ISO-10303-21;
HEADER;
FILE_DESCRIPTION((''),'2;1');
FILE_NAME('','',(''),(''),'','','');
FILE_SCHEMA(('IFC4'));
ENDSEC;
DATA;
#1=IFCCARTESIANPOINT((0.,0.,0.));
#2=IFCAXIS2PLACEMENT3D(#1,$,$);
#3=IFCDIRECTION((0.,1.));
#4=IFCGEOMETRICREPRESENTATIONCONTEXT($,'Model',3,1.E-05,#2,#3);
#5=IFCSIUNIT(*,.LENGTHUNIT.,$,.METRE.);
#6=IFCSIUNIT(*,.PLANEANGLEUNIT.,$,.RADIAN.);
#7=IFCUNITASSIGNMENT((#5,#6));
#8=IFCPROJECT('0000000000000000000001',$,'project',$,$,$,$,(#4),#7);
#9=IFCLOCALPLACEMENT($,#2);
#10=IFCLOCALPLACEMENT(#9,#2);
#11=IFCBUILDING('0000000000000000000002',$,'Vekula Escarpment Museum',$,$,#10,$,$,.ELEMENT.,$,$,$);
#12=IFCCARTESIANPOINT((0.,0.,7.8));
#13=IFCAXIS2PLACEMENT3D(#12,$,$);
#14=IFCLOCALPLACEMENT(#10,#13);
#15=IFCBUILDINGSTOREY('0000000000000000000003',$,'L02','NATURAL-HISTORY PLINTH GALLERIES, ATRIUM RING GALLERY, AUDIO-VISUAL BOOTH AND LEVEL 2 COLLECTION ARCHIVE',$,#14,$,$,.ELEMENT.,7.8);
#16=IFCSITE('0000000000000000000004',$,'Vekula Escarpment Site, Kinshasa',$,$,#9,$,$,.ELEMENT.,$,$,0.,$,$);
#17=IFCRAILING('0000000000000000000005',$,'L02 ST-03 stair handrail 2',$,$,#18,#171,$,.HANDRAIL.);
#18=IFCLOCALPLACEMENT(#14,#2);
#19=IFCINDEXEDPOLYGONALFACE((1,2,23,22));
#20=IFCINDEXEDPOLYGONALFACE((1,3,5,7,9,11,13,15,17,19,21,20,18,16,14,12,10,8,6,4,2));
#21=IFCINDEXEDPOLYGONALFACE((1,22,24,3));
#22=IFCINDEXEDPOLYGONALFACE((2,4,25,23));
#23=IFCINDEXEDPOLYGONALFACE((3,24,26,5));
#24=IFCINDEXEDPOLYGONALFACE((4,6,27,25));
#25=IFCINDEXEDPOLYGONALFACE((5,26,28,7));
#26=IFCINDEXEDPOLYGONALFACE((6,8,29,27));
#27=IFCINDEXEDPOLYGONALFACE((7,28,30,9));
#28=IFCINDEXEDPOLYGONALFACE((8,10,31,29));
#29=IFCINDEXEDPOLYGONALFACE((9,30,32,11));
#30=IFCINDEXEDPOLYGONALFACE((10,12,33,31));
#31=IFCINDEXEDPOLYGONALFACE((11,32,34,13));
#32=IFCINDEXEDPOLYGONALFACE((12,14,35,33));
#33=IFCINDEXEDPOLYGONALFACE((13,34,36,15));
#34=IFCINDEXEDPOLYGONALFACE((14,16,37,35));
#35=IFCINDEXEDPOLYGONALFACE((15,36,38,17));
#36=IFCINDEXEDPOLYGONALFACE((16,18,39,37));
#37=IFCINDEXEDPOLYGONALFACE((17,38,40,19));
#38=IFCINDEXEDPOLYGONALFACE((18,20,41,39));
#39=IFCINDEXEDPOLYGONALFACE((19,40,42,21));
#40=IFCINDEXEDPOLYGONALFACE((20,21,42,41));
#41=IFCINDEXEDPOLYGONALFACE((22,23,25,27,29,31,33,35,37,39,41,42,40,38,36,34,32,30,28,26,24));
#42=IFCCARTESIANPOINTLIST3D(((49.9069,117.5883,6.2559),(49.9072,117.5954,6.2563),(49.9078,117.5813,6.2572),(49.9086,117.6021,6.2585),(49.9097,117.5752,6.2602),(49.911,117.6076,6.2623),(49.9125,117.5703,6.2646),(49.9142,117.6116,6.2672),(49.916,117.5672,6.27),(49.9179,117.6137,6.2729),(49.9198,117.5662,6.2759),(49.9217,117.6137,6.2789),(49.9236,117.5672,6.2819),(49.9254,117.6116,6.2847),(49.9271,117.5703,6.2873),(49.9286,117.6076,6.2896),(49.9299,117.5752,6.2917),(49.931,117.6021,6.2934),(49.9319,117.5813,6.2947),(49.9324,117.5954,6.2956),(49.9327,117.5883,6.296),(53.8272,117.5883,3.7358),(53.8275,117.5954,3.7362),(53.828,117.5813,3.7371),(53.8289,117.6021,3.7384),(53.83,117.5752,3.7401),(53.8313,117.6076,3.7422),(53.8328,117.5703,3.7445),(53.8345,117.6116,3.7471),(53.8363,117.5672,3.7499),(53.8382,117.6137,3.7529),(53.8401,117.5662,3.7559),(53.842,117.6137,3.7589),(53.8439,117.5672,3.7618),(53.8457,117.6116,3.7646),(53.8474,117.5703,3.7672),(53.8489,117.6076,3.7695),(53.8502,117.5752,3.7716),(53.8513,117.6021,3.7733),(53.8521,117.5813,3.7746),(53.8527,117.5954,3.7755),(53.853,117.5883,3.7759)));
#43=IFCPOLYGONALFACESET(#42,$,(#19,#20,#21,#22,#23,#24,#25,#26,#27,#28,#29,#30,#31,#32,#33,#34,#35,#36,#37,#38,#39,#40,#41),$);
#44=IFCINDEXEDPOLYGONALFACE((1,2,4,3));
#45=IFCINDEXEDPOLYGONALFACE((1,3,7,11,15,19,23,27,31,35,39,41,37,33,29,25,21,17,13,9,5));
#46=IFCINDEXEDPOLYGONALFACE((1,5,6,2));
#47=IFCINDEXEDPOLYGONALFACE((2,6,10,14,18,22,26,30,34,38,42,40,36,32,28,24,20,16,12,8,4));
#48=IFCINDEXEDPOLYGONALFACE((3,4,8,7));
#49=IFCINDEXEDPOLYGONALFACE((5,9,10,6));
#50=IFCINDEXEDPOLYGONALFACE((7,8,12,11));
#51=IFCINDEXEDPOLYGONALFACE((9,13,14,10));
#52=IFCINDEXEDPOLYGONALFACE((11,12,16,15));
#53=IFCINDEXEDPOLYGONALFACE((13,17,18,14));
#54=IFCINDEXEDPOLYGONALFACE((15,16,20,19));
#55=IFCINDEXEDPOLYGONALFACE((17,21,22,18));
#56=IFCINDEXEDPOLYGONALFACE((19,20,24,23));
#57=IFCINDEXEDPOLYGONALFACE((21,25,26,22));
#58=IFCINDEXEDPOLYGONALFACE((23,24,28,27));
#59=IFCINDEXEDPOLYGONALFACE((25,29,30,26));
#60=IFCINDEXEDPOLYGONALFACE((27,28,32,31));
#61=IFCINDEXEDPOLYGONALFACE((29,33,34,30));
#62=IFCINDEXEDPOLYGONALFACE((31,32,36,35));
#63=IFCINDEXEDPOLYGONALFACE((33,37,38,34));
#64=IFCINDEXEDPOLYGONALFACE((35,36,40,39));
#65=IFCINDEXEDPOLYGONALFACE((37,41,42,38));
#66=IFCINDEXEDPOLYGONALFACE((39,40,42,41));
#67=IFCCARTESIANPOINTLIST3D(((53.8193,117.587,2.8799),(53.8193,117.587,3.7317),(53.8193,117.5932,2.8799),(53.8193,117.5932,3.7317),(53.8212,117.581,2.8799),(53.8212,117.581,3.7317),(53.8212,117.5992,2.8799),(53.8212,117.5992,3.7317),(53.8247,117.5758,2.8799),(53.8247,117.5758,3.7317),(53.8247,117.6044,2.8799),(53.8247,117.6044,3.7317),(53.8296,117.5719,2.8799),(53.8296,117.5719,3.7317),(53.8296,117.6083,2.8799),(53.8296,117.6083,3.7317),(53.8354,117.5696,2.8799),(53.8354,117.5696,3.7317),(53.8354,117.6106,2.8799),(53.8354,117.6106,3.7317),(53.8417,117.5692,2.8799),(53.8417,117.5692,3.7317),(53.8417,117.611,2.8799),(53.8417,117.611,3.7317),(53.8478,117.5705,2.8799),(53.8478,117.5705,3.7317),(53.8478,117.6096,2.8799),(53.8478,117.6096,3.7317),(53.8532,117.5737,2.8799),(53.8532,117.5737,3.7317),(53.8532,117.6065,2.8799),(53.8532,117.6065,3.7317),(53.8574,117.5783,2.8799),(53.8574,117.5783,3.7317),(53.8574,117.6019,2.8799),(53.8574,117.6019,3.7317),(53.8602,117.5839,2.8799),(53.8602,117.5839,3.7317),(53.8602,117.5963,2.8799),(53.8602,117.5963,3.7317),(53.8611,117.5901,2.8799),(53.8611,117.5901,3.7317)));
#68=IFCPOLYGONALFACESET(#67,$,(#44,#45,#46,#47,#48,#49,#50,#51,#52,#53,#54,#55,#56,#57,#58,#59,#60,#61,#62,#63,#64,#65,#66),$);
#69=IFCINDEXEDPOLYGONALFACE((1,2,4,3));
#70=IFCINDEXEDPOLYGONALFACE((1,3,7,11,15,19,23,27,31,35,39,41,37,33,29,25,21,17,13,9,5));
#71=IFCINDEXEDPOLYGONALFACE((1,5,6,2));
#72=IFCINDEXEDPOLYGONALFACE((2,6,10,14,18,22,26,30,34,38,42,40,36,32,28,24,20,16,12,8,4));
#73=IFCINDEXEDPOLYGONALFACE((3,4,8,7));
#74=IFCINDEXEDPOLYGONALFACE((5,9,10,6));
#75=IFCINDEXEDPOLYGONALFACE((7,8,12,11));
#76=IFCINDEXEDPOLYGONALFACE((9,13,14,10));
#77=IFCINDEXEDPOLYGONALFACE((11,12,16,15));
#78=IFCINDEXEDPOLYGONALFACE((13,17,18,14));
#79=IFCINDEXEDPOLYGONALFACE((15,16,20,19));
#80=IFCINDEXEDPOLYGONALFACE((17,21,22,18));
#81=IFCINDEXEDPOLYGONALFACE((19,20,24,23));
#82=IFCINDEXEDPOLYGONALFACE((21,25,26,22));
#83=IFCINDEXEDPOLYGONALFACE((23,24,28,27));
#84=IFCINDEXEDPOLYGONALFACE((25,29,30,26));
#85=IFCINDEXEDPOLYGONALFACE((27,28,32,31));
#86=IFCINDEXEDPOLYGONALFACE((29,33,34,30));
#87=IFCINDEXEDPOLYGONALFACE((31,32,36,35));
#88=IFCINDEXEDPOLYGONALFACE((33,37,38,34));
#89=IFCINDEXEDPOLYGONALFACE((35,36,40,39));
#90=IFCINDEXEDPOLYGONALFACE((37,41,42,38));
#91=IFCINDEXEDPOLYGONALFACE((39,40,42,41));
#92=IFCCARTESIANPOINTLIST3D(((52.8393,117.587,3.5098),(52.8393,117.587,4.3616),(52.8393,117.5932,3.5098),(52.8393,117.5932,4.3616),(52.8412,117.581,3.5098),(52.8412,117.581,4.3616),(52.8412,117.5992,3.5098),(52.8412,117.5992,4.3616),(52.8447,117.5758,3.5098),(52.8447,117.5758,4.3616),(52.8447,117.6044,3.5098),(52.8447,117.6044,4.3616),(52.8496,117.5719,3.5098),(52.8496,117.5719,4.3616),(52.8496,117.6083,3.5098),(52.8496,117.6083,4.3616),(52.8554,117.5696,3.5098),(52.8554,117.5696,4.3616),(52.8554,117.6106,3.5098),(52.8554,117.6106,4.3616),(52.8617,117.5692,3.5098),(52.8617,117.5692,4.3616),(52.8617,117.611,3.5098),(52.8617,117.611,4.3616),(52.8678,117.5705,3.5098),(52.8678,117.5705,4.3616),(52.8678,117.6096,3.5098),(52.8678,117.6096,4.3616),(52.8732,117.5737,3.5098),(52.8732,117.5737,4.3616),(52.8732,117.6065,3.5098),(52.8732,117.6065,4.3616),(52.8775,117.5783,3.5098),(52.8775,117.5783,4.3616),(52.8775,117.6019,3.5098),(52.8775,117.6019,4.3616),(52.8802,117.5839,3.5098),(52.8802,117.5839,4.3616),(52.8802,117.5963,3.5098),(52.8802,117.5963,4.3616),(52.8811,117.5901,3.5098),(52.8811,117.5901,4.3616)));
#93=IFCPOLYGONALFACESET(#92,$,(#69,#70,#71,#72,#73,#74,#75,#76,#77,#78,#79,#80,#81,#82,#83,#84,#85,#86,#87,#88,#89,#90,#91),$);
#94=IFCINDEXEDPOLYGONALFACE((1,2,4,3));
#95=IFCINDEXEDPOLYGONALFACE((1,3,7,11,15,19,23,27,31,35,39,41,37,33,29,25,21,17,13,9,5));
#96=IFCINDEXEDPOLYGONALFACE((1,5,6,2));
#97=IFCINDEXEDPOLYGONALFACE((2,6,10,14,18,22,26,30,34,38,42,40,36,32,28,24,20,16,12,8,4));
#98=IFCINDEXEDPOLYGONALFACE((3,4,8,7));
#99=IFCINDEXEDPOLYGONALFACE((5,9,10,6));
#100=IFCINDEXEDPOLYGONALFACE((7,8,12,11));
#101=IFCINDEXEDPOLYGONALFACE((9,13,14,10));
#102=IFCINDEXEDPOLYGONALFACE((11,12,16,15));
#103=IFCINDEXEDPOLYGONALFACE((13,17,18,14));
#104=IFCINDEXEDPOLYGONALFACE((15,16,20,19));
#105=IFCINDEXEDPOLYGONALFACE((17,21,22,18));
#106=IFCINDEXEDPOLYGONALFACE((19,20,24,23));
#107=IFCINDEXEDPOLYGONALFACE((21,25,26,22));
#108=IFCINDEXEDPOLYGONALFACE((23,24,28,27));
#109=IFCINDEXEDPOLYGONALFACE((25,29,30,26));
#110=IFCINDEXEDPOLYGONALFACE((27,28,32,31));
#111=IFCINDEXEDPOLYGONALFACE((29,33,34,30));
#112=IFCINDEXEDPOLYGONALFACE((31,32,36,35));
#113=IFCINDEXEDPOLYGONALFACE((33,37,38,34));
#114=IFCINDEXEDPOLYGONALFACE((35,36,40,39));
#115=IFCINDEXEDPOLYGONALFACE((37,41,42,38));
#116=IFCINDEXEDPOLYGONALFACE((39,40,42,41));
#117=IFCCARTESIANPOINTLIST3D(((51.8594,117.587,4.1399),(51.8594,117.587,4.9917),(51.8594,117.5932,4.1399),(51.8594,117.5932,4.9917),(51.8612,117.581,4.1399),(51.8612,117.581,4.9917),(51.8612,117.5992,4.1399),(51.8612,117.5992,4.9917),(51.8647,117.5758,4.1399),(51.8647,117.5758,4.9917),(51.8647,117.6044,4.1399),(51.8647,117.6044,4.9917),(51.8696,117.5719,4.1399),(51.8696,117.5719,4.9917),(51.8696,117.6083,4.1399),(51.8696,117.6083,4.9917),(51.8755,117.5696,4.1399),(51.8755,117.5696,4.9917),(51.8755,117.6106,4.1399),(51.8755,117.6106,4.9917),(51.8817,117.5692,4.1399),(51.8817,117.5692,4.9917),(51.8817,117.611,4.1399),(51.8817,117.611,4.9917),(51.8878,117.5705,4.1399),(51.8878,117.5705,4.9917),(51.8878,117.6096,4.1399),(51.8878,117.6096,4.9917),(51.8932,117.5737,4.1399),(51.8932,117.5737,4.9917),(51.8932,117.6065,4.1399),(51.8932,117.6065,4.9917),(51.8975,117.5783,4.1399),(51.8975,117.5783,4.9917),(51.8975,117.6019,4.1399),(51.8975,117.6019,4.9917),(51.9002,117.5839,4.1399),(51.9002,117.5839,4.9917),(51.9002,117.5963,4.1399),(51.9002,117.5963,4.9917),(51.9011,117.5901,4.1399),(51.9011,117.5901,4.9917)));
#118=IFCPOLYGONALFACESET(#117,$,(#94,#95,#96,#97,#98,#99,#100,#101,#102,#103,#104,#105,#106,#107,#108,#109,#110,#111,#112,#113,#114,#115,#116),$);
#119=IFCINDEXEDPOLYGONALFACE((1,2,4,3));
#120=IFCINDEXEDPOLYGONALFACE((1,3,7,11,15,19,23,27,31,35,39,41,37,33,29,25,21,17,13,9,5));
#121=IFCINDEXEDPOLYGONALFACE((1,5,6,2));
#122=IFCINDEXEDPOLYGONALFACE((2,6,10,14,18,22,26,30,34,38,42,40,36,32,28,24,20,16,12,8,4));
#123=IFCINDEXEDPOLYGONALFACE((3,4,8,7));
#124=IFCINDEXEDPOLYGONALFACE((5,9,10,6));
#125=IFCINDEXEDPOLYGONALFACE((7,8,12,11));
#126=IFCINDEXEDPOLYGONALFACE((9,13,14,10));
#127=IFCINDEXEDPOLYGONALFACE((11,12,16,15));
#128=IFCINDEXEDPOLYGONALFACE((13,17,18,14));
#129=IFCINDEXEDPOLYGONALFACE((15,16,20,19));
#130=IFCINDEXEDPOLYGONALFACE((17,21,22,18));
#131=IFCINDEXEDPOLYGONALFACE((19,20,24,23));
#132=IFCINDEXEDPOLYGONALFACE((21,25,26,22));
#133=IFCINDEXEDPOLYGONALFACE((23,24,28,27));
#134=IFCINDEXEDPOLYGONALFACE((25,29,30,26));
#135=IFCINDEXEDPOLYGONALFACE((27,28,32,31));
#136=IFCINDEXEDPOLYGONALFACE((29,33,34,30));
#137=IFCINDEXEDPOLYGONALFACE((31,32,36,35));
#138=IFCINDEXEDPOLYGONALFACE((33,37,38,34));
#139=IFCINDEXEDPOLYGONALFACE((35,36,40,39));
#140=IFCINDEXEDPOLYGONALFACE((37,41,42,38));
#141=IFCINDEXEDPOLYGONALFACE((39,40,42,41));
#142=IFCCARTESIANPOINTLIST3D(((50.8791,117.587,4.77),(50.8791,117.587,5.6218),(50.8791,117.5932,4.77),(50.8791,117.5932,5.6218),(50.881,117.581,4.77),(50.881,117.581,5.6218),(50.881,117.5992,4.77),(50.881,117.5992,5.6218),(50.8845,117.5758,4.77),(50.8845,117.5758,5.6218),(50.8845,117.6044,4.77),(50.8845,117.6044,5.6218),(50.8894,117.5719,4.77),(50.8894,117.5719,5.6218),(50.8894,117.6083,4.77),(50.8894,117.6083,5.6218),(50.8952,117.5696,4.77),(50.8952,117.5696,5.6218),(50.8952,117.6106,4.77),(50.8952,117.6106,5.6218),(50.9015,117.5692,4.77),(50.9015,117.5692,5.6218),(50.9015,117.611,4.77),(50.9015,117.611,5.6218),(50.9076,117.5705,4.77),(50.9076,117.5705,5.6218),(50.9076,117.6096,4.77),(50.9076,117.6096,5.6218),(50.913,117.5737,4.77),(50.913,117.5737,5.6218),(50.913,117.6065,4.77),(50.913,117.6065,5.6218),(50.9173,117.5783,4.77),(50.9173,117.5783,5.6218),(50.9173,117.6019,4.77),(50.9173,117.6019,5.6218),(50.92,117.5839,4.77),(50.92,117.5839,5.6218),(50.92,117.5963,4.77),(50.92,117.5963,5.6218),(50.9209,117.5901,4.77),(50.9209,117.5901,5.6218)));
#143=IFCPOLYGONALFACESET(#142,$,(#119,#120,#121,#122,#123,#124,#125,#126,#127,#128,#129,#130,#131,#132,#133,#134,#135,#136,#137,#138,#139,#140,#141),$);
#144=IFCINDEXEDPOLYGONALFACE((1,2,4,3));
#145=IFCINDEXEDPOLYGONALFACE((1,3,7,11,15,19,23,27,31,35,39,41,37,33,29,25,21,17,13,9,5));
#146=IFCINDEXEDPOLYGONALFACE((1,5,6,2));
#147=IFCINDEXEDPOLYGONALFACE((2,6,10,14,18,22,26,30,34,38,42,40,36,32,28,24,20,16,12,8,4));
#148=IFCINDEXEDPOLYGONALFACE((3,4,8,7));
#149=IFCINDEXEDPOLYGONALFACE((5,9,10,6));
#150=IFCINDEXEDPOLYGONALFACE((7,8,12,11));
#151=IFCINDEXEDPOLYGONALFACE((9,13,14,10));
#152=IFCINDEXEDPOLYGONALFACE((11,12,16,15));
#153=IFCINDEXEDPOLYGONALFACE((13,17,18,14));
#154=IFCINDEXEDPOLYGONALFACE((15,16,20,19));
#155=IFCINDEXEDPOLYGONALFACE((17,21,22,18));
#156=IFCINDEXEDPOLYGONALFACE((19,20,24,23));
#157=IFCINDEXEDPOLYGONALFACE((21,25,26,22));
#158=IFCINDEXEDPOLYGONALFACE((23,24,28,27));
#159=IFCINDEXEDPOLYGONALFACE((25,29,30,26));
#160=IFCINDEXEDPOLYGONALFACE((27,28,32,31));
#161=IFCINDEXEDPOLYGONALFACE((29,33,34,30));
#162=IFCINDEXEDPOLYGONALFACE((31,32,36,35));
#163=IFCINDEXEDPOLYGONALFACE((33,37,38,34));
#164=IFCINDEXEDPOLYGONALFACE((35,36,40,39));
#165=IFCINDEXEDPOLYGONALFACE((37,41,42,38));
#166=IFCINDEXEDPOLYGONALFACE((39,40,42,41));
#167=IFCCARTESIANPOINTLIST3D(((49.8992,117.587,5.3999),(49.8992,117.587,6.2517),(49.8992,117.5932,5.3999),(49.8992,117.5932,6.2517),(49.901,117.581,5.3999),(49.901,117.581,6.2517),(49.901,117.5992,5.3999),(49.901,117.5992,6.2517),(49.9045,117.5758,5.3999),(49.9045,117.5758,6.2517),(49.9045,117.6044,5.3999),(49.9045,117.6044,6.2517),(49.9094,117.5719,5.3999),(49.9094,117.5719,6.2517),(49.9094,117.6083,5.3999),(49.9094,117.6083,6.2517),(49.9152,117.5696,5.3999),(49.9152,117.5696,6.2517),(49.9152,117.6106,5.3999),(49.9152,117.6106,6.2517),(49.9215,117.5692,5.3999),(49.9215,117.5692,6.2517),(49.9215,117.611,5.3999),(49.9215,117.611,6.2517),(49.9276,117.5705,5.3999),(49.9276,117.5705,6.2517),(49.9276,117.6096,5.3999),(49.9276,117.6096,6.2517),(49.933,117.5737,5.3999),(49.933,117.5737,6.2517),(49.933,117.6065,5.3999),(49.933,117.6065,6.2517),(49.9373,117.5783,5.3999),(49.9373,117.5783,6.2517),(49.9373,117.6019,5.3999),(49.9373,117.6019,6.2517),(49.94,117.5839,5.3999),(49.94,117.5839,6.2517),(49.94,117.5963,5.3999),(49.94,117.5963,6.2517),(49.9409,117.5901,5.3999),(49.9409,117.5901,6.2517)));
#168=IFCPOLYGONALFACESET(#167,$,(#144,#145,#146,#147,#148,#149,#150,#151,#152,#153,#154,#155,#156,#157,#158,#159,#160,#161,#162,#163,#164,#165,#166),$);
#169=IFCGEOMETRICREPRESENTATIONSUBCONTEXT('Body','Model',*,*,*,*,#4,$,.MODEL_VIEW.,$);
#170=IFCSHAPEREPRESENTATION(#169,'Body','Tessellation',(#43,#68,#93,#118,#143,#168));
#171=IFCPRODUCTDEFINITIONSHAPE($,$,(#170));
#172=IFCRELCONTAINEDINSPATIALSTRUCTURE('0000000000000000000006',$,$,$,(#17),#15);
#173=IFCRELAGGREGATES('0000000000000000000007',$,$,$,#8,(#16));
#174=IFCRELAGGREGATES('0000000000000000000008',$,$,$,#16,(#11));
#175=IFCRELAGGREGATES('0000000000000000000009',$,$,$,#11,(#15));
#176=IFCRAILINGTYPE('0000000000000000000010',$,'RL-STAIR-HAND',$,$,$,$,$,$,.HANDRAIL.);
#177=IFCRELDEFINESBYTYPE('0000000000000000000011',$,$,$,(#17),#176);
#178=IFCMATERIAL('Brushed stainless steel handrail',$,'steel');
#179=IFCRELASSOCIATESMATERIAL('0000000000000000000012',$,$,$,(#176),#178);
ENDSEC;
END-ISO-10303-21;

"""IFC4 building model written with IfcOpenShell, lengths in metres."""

from ifc_helpers import new_model, si_unit, direction, frame, origin, origin_2d, place, context, subcontext, project, spatial, circle, extrude, material, type_object, element, save


model = new_model("IFC4")

# Units and contexts
model_context = context("Model", 3, precision=1e-05, world=origin(), true_north=direction((0.0, 1.0)))
body_context = subcontext(model_context, "Body", "Model", "MODEL_VIEW")
ifc_project = project(units=[si_unit("LENGTHUNIT", "METRE"), si_unit("PLANEANGLEUNIT", "RADIAN")], contexts=[model_context])

# Site, building, storey
site_placement = place(None, origin())
site = spatial("IfcSite", under=ifc_project, at=site_placement, Name="Vekula Escarpment Site, Kinshasa", CompositionType="ELEMENT", RefElevation=0.0)
building_placement = place(site_placement, origin())
building = spatial("IfcBuilding", under=site, at=building_placement, Name="Vekula Escarpment Museum", CompositionType="ELEMENT")
storey_placement = place(building_placement, frame((0.0, 0.0, 7.8)))
storey = spatial("IfcBuildingStorey", under=building, at=storey_placement, Name="L02", Description="NATURAL-HISTORY PLINTH GALLERIES, ATRIUM RING GALLERY, AUDIO-VISUAL BOOTH AND LEVEL 2 COLLECTION ARCHIVE", CompositionType="ELEMENT", Elevation=7.8)

# Railing
ifc_material_1 = material(Name="Brushed stainless steel handrail", Category="steel")
railing_type_1 = type_object("IfcRailingType", Name="RL-STAIR-HAND", PredefinedType="HANDRAIL", material=ifc_material_1)
railing_1_placement = place(storey_placement, frame((53.8401, 117.5901, 2.8799)))
element("IfcRailing", 1, at=railing_1_placement, inside=storey, type_object=railing_type_1, Name="L02 ST-03 stair handrail 2", PredefinedType="HANDRAIL", context=body_context, shape_type="SweptSolid", body=[
    extrude(circle(Radius=0.0239, at=origin_2d()), frame((0.0, 0.0, 0.876), z_axis=(-0.841187, 0.0, 0.540744), x_axis=(0.0, -1.0, 0.0)), (0.0, 0.0, 1.0), 4.6604),
    extrude(circle(Radius=0.021, at=origin_2d()), origin(), (0.0, 0.0, 1.0), 0.8518),
    extrude(circle(Radius=0.021, at=origin_2d()), frame((-0.98, 0.0, 0.6299)), (0.0, 0.0, 1.0), 0.8518),
    extrude(circle(Radius=0.021, at=origin_2d()), frame((-1.96, 0.0, 1.26)), (0.0, 0.0, 1.0), 0.8518),
    extrude(circle(Radius=0.021, at=origin_2d()), frame((-2.9402, 0.0, 1.8901)), (0.0, 0.0, 1.0), 0.8518),
    extrude(circle(Radius=0.021, at=origin_2d()), frame((-3.9202, 0.0, 2.52)), (0.0, 0.0, 1.0), 0.8518),
])

save(model, "model.ifc")
